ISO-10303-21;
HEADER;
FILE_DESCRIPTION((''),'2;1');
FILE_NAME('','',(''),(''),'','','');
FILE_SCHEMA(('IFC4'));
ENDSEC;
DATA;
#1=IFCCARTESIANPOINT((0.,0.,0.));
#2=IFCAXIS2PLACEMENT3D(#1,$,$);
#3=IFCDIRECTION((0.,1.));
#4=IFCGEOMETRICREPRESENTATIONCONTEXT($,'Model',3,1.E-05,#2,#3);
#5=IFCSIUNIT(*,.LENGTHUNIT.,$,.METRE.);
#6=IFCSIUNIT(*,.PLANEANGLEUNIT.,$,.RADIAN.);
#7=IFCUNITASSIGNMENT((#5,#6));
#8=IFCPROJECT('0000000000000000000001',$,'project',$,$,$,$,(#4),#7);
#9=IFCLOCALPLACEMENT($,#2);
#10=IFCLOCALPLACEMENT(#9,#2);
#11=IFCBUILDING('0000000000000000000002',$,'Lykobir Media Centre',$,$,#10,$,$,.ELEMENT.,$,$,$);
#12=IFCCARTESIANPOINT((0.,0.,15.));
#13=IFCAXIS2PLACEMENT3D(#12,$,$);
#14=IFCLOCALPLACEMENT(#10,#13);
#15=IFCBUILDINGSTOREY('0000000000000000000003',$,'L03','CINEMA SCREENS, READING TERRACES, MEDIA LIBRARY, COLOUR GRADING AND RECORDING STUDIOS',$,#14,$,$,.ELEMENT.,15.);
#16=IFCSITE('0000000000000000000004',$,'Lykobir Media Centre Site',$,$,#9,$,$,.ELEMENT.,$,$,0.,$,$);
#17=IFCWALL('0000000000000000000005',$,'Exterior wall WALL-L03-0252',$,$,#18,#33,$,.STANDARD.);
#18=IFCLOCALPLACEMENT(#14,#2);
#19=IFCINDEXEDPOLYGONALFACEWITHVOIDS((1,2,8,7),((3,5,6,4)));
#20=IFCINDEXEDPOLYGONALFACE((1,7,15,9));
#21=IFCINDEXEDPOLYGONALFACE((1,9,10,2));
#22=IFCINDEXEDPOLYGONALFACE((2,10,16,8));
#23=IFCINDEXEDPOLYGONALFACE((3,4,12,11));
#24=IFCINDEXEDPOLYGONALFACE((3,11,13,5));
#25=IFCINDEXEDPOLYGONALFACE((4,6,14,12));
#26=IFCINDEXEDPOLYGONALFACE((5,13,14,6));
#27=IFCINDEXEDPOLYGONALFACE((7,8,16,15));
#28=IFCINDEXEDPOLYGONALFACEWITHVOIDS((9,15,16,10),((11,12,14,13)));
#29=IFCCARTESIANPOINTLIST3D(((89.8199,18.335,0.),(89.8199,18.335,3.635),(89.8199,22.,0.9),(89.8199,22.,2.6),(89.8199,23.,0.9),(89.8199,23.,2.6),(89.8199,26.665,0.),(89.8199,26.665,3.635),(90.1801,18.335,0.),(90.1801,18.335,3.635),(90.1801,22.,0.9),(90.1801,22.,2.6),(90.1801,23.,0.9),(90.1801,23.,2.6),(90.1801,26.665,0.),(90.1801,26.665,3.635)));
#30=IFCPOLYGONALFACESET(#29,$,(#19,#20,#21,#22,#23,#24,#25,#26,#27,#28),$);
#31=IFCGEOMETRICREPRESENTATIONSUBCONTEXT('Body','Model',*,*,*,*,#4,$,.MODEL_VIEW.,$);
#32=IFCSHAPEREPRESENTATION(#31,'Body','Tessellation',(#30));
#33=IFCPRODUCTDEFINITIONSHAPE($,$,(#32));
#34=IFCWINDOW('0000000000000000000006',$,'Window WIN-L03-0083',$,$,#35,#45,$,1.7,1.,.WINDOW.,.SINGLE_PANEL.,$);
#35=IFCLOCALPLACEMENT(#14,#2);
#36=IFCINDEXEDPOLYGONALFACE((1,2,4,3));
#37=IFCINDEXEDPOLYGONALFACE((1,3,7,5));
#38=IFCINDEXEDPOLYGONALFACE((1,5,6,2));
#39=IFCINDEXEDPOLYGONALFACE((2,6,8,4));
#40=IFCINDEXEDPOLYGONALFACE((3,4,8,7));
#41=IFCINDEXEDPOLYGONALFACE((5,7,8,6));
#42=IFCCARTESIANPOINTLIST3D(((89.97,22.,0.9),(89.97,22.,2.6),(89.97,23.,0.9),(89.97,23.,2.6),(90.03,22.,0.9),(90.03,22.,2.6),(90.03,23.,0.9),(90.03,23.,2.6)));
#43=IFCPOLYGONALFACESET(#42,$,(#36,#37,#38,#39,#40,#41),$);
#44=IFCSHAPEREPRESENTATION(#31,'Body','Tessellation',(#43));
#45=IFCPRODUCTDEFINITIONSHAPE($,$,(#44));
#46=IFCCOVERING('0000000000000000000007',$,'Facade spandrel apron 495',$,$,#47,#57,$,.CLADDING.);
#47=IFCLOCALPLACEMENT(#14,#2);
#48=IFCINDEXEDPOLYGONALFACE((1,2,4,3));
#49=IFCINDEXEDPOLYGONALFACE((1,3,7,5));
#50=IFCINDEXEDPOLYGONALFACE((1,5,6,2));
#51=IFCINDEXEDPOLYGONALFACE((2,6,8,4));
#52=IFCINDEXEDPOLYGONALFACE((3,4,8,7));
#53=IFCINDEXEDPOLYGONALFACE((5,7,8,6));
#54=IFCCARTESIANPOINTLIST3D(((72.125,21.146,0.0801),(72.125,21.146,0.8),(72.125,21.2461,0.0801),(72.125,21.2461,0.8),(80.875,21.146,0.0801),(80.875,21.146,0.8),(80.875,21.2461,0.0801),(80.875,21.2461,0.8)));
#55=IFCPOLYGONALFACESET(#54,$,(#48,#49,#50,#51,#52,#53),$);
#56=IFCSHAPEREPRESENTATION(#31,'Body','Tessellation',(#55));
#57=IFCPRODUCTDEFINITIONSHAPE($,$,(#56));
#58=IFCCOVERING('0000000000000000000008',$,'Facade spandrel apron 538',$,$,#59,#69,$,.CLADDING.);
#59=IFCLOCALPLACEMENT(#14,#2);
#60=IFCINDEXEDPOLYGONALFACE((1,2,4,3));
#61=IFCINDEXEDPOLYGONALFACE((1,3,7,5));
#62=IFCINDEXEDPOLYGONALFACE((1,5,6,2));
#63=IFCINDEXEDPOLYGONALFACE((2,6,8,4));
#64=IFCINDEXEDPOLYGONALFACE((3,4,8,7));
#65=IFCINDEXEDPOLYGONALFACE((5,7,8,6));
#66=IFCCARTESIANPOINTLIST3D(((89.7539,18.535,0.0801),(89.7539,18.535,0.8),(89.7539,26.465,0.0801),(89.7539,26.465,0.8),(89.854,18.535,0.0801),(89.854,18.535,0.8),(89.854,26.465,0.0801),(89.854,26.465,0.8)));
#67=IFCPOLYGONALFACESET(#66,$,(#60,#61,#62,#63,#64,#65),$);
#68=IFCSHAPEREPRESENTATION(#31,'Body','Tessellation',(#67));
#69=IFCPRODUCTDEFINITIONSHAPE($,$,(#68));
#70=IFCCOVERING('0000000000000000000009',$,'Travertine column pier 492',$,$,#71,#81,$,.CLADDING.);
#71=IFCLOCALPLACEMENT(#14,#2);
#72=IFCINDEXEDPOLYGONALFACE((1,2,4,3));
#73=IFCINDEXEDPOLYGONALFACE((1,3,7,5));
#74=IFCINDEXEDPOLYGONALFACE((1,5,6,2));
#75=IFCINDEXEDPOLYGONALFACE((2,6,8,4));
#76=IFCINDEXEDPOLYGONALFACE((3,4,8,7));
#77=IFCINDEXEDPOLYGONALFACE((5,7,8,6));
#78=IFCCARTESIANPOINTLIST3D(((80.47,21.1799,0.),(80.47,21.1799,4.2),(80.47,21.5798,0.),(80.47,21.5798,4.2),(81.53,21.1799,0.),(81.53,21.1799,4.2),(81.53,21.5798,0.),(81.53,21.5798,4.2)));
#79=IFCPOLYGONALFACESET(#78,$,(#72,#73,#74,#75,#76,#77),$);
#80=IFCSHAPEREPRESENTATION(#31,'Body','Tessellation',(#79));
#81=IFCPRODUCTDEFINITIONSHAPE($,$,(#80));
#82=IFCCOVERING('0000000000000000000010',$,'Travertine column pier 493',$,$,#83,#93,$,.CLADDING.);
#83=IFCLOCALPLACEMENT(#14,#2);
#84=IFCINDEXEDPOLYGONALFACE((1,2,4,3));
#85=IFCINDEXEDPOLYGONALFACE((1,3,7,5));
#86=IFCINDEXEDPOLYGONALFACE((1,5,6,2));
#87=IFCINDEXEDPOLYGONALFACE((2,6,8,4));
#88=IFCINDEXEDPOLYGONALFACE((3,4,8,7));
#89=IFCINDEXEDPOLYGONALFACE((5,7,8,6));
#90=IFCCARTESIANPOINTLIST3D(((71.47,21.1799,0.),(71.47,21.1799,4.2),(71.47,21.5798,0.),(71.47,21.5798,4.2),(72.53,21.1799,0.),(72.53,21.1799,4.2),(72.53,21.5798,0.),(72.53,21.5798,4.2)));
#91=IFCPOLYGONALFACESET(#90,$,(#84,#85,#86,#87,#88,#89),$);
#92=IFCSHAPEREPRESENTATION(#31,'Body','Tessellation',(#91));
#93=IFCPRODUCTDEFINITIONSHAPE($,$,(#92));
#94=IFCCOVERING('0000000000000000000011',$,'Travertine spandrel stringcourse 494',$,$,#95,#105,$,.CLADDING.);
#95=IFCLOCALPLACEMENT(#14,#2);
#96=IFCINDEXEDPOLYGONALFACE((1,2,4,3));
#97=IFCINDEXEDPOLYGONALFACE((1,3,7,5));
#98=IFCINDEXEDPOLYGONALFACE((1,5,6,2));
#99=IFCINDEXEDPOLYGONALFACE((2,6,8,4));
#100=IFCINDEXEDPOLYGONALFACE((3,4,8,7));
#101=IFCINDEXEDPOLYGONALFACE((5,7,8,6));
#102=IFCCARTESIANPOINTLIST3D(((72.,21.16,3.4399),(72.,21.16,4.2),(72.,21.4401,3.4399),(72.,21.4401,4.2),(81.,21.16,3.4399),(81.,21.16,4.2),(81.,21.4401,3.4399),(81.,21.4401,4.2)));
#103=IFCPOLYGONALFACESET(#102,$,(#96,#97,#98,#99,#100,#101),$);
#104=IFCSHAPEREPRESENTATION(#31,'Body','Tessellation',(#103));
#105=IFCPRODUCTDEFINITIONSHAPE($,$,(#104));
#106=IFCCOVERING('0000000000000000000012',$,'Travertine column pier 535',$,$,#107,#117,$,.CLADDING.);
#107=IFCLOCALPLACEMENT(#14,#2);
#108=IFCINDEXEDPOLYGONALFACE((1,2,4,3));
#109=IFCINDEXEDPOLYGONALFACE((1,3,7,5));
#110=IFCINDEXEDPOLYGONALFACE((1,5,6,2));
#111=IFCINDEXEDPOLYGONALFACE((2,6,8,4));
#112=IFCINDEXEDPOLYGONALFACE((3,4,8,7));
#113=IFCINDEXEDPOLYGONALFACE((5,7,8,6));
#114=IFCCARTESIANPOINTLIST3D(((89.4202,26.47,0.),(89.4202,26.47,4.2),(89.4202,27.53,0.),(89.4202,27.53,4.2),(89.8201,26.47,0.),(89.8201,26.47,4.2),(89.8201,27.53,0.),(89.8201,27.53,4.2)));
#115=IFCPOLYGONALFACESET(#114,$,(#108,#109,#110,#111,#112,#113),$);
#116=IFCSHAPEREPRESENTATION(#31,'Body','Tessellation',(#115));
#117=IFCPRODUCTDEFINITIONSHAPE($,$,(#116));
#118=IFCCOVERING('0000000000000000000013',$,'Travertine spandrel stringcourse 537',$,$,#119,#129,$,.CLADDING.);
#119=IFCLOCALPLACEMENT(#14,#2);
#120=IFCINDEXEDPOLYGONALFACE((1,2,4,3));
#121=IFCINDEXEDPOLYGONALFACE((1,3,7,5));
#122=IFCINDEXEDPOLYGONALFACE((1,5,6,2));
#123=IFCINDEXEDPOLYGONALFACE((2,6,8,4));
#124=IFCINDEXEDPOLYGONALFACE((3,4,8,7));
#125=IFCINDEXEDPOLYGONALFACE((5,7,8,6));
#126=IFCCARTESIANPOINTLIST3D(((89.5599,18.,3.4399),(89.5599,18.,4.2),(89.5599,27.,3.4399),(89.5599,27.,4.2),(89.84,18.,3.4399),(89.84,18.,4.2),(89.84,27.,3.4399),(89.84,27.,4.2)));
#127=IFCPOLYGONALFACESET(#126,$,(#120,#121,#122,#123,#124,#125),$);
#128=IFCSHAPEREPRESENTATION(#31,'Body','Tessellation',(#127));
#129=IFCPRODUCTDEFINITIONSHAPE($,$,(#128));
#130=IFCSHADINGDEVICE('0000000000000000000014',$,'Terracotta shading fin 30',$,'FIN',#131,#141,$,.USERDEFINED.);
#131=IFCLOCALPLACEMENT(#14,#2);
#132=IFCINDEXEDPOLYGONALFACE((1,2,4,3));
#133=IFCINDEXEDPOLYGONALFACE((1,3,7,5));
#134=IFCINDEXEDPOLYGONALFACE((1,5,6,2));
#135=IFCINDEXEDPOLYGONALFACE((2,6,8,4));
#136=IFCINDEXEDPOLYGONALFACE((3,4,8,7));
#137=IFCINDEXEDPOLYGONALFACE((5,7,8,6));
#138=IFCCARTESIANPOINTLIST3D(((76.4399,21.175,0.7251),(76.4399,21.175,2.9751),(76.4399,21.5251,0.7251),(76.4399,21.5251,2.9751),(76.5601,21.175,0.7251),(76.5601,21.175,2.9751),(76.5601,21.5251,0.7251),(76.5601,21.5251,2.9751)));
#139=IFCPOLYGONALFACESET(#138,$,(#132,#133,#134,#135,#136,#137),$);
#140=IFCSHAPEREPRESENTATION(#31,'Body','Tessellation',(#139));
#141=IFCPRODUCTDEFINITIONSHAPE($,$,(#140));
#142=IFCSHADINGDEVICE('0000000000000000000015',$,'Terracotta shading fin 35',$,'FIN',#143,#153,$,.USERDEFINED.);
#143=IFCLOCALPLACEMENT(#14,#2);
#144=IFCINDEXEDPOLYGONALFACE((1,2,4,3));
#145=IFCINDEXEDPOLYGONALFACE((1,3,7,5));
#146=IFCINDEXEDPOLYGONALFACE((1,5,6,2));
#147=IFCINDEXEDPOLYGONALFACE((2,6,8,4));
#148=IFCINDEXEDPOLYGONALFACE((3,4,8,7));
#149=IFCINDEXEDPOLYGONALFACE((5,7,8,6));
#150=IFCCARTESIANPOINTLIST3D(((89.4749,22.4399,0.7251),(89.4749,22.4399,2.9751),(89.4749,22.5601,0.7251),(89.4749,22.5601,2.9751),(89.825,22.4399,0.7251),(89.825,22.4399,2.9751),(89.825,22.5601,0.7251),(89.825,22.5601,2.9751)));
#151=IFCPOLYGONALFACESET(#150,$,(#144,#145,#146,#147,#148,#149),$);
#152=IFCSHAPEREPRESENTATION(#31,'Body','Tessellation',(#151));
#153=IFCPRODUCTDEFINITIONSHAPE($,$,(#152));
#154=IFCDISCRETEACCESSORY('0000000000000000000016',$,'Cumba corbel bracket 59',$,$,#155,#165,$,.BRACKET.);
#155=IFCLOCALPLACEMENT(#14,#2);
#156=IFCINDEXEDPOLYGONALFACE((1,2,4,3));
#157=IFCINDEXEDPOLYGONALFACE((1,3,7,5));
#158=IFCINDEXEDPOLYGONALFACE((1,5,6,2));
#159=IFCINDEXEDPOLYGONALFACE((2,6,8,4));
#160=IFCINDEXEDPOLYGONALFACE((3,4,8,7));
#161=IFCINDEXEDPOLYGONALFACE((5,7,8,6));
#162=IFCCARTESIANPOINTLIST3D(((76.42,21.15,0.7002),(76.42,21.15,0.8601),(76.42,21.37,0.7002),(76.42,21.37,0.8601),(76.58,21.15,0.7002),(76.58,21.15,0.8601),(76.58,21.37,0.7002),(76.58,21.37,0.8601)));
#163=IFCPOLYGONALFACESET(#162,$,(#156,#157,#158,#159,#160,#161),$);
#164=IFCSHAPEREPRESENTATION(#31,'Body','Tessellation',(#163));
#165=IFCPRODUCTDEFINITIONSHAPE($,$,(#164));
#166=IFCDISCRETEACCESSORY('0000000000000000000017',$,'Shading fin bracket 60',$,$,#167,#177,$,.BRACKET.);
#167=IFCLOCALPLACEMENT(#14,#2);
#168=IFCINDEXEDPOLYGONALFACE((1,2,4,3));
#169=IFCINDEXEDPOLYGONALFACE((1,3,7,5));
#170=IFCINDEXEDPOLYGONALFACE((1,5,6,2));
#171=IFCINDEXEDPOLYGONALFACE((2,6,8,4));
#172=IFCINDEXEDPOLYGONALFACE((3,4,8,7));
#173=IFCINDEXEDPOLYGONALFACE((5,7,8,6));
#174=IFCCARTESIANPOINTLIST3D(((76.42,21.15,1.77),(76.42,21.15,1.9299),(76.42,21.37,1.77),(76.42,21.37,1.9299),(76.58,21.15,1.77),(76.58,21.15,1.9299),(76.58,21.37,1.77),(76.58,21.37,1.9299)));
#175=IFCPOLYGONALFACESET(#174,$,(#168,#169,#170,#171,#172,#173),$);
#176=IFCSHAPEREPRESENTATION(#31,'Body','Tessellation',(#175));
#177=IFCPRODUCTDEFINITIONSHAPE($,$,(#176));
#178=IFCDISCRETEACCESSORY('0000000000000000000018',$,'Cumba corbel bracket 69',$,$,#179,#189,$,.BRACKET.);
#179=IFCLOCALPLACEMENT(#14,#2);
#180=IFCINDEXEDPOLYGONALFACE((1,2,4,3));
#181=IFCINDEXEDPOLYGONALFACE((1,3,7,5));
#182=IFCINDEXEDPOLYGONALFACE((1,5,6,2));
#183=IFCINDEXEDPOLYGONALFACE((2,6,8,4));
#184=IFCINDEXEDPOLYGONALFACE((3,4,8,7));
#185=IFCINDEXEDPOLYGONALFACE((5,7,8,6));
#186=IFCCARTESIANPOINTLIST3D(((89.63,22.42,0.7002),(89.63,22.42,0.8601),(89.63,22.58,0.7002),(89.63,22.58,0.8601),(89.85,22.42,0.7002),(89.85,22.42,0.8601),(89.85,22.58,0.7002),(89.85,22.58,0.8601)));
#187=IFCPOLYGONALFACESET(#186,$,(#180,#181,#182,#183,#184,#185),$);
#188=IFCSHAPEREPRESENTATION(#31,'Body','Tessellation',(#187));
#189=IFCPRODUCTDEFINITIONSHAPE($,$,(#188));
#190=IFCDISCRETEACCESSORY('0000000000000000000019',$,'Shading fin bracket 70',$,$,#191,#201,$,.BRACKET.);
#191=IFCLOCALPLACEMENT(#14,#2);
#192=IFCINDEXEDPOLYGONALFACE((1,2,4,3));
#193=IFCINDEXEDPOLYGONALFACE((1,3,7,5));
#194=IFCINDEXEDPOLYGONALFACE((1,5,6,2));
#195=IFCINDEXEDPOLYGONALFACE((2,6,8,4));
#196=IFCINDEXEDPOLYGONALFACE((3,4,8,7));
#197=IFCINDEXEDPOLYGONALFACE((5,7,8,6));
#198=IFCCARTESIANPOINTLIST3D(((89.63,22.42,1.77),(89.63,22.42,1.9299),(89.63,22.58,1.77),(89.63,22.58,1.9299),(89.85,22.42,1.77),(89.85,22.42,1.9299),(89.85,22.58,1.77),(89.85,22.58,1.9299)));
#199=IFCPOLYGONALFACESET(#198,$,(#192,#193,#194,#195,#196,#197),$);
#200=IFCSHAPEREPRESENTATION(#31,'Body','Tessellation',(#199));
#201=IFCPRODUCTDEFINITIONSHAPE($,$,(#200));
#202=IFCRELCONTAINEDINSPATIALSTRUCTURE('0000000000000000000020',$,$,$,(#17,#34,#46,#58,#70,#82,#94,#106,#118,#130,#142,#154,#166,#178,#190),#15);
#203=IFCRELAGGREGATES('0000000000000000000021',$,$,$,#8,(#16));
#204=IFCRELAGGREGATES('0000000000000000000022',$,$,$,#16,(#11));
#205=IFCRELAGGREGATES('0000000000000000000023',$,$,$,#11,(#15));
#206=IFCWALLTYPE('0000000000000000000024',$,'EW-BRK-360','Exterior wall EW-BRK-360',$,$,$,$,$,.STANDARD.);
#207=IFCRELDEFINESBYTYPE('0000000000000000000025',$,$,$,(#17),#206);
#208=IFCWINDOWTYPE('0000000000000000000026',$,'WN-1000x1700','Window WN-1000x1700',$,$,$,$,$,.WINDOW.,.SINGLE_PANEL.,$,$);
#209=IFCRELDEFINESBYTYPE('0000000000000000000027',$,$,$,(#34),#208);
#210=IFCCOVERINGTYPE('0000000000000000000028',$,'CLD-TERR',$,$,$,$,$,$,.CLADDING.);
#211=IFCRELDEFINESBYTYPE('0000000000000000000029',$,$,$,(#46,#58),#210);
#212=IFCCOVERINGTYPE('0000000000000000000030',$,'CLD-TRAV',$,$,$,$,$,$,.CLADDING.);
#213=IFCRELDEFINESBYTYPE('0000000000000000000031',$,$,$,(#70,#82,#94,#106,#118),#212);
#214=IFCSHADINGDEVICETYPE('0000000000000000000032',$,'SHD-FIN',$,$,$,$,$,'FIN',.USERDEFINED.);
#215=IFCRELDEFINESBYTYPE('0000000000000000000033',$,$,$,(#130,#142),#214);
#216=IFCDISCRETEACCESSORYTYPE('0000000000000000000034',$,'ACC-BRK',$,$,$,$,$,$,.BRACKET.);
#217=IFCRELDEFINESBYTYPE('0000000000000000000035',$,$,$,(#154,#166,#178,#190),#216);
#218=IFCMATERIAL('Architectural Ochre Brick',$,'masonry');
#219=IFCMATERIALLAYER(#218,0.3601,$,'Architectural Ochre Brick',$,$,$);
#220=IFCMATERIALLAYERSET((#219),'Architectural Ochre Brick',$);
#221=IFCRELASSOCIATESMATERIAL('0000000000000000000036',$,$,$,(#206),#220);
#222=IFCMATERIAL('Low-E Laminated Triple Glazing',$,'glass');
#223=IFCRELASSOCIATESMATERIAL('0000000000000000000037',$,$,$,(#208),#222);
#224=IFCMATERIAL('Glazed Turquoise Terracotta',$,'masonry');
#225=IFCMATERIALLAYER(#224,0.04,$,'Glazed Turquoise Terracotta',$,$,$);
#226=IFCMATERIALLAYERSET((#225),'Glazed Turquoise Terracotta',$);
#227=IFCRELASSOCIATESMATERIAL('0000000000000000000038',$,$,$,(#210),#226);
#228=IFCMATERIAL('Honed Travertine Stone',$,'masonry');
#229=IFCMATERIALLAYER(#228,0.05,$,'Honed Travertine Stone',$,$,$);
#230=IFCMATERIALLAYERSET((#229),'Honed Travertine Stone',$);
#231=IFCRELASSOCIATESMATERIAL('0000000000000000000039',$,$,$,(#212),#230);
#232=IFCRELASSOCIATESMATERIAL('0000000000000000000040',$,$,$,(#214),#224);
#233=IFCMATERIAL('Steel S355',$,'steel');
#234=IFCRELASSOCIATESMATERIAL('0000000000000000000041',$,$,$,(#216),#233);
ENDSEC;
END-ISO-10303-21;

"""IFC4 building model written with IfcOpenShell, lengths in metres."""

from ifc_helpers import new_model, si_unit, direction, frame, frame_2d, origin, origin_2d, place, context, subcontext, project, spatial, rectangle, extrude, material, layer, layer_set, type_object, element, fill, save


model = new_model("IFC4")

# Units and contexts
model_context = context("Model", 3, precision=1e-05, world=origin(), true_north=direction((0.0, 1.0)))
body_context = subcontext(model_context, "Body", "Model", "MODEL_VIEW")
ifc_project = project(units=[si_unit("LENGTHUNIT", "METRE"), si_unit("PLANEANGLEUNIT", "RADIAN")], contexts=[model_context])

# Site, building, storey
site_placement = place(None, origin())
site = spatial("IfcSite", under=ifc_project, at=site_placement, Name="Lykobir Media Centre Site", CompositionType="ELEMENT", RefElevation=0.0)
building_placement = place(site_placement, origin())
building = spatial("IfcBuilding", under=site, at=building_placement, Name="Lykobir Media Centre", CompositionType="ELEMENT")
storey_placement = place(building_placement, frame((0.0, 0.0, 15.0)))
storey = spatial("IfcBuildingStorey", under=building, at=storey_placement, Name="L03", Description="CINEMA SCREENS, READING TERRACES, MEDIA LIBRARY, COLOUR GRADING AND RECORDING STUDIOS", CompositionType="ELEMENT", Elevation=15.0)

# Shared definitions
ifc_material_1 = material(Name="Steel S355", Category="steel")

# Shared definitions
ifc_material_2 = material(Name="Low-E Laminated Triple Glazing", Category="glass")

# Wall, opening, window
ifc_material_3 = material(Name="Architectural Ochre Brick", Category="masonry")
ifc_layer_1 = layer(ifc_material_3, 0.3601, Name="Architectural Ochre Brick")
ifc_layer_set_1 = layer_set([ifc_layer_1], Name="Architectural Ochre Brick")
wall_type = type_object("IfcWallType", Name="EW-BRK-360", Description="Exterior wall EW-BRK-360", PredefinedType="STANDARD", material=ifc_layer_set_1)
wall_1_placement = place(storey_placement, frame((90.0, 26.665, 0.0), z_axis=(0.0, 0.0, 1.0), x_axis=(0.0, -1.0, 0.0)))
wall_1 = element("IfcWall", 1, at=wall_1_placement, inside=storey, type_object=wall_type, Name="Exterior wall WALL-L03-0252", PredefinedType="STANDARD", context=body_context, shape_type="SweptSolid", body=[
    extrude(rectangle(XDim=8.3301, YDim=0.3601, at=frame_2d((4.165, 0.0))), origin(), (0.0, 0.0, 1.0), 3.635),
])
opening_1_placement = place(wall_1_placement, frame((3.665, 0.0, 0.8999)))
opening_1 = element("IfcOpeningElement", 2, at=opening_1_placement, cuts=wall_1, PredefinedType="OPENING", context=body_context, shape_type="SweptSolid", body=[
    extrude(rectangle(XDim=1.0, YDim=1.7, at=frame_2d((0.5, 0.8501))), frame((0.0, 0.1899, 0.0), z_axis=(0.0, -1.0, 0.0), x_axis=(1.0, 0.0, 0.0)), (0.0, 0.0, 1.0), 0.3801),
])
window_type_1 = type_object("IfcWindowType", Name="WN-1000x1700", Description="Window WN-1000x1700", PartitioningType="SINGLE_PANEL", PredefinedType="WINDOW", material=ifc_material_2)
window_1_placement = place(opening_1_placement, origin())
window_1 = element("IfcWindow", 3, at=window_1_placement, inside=storey, type_object=window_type_1, Name="Window WIN-L03-0083", OverallHeight=1.7, OverallWidth=1.0, PartitioningType="SINGLE_PANEL", PredefinedType="WINDOW", context=body_context, shape_type="SweptSolid", body=[
    extrude(rectangle(XDim=1.0, YDim=1.7, at=frame_2d((0.5, 0.8501))), frame((0.0, 0.03, 0.0), z_axis=(0.0, -1.0, 0.0), x_axis=(1.0, 0.0, 0.0)), (0.0, 0.0, 1.0), 0.0601),
])
fill(opening_1, window_1)

# Coverings
ifc_material_4 = material(Name="Glazed Turquoise Terracotta", Category="masonry")
ifc_layer_2 = layer(ifc_material_4, 0.04, Name="Glazed Turquoise Terracotta")
ifc_layer_set_2 = layer_set([ifc_layer_2], Name="Glazed Turquoise Terracotta")
covering_type_1 = type_object("IfcCoveringType", Name="CLD-TERR", PredefinedType="CLADDING", material=ifc_layer_set_2)
covering_1_placement = place(storey_placement, frame((76.5, 21.196, 0.0801), z_axis=(0.0, 0.0, 1.0), x_axis=(-1.0, 0.0, 0.0)))
element("IfcCovering", 4, at=covering_1_placement, inside=storey, type_object=covering_type_1, Name="Facade spandrel apron 495", PredefinedType="CLADDING", context=body_context, shape_type="SweptSolid", body=[
    extrude(rectangle(XDim=8.75, YDim=0.1001, at=origin_2d()), origin(), (0.0, 0.0, 1.0), 0.72),
])
covering_2_placement = place(storey_placement, frame((89.804, 22.5, 0.0801), z_axis=(0.0, 0.0, 1.0), x_axis=(0.0, -1.0, 0.0)))
element("IfcCovering", 5, at=covering_2_placement, inside=storey, type_object=covering_type_1, Name="Facade spandrel apron 538", PredefinedType="CLADDING", context=body_context, shape_type="SweptSolid", body=[
    extrude(rectangle(XDim=7.9299, YDim=0.1001, at=origin_2d()), origin(), (0.0, 0.0, 1.0), 0.72),
])
ifc_material_5 = material(Name="Honed Travertine Stone", Category="masonry")
ifc_layer_3 = layer(ifc_material_5, 0.05, Name="Honed Travertine Stone")
ifc_layer_set_3 = layer_set([ifc_layer_3], Name="Honed Travertine Stone")
covering_type_2 = type_object("IfcCoveringType", Name="CLD-TRAV", PredefinedType="CLADDING", material=ifc_layer_set_3)
for number, where, z_axis, x_axis, name in (
    (6, (81.0, 21.3799, 0.0), (0.0, 0.0, 1.0), (-1.0, 0.0, 0.0), "Travertine column pier 492"),
    (7, (72.0, 21.3799, 0.0), (0.0, 0.0, 1.0), (-1.0, 0.0, 0.0), "Travertine column pier 493"),
):
    element("IfcCovering", number, at=place(storey_placement, frame(where, z_axis=z_axis, x_axis=x_axis)), inside=storey, type_object=covering_type_2, Name=name, PredefinedType="CLADDING", context=body_context, shape_type="SweptSolid", body=[
        extrude(rectangle(XDim=1.0601, YDim=0.3999, at=origin_2d()), origin(), (0.0, 0.0, 1.0), 4.2),
    ])
covering_3_placement = place(storey_placement, frame((76.5, 21.3, 3.4399), z_axis=(0.0, 0.0, 1.0), x_axis=(-1.0, 0.0, 0.0)))
element("IfcCovering", 8, at=covering_3_placement, inside=storey, type_object=covering_type_2, Name="Travertine spandrel stringcourse 494", PredefinedType="CLADDING", context=body_context, shape_type="SweptSolid", body=[
    extrude(rectangle(XDim=9.0, YDim=0.28, at=origin_2d()), origin(), (0.0, 0.0, 1.0), 0.76),
])
covering_4_placement = place(storey_placement, frame((89.6201, 27.0, 0.0), z_axis=(0.0, 0.0, 1.0), x_axis=(0.0, -1.0, 0.0)))
element("IfcCovering", 9, at=covering_4_placement, inside=storey, type_object=covering_type_2, Name="Travertine column pier 535", PredefinedType="CLADDING", context=body_context, shape_type="SweptSolid", body=[
    extrude(rectangle(XDim=1.0601, YDim=0.3999, at=origin_2d()), origin(), (0.0, 0.0, 1.0), 4.2),
])
covering_5_placement = place(storey_placement, frame((89.7, 22.5, 3.4399), z_axis=(0.0, 0.0, 1.0), x_axis=(0.0, -1.0, 0.0)))
element("IfcCovering", 10, at=covering_5_placement, inside=storey, type_object=covering_type_2, Name="Travertine spandrel stringcourse 537", PredefinedType="CLADDING", context=body_context, shape_type="SweptSolid", body=[
    extrude(rectangle(XDim=9.0, YDim=0.28, at=origin_2d()), origin(), (0.0, 0.0, 1.0), 0.76),
])

# Shading devices
shading_device_type = type_object("IfcShadingDeviceType", Name="SHD-FIN", ElementType="FIN", PredefinedType="USERDEFINED", material=ifc_material_4)
for number, where, z_axis, x_axis, name in (
    (11, (76.5, 21.3501, 0.7251), (0.0, 0.0, 1.0), (-1.0, 0.0, 0.0), "Terracotta shading fin 30"),
    (12, (89.6499, 22.5, 0.7251), (0.0, 0.0, 1.0), (0.0, -1.0, 0.0), "Terracotta shading fin 35"),
):
    element("IfcShadingDevice", number, at=place(storey_placement, frame(where, z_axis=z_axis, x_axis=x_axis)), inside=storey, type_object=shading_device_type, Name=name, ObjectType="FIN", PredefinedType="USERDEFINED", context=body_context, shape_type="SweptSolid", body=[
        extrude(rectangle(XDim=0.1201, YDim=0.3501, at=origin_2d()), origin(), (0.0, 0.0, 1.0), 2.25),
    ])

# Discrete accessories
discrete_accessory_type = type_object("IfcDiscreteAccessoryType", Name="ACC-BRK", PredefinedType="BRACKET", material=ifc_material_1)
for number, where, z_axis, x_axis, name in (
    (13, (76.5, 21.26, 0.7002), (0.0, 0.0, 1.0), (-1.0, 0.0, 0.0), "Cumba corbel bracket 59"),
    (14, (76.5, 21.26, 1.77), (0.0, 0.0, 1.0), (-1.0, 0.0, 0.0), "Shading fin bracket 60"),
    (15, (89.74, 22.5, 0.7002), (0.0, 0.0, 1.0), (0.0, -1.0, 0.0), "Cumba corbel bracket 69"),
    (16, (89.74, 22.5, 1.77), (0.0, 0.0, 1.0), (0.0, -1.0, 0.0), "Shading fin bracket 70"),
):
    element("IfcDiscreteAccessory", number, at=place(storey_placement, frame(where, z_axis=z_axis, x_axis=x_axis)), inside=storey, type_object=discrete_accessory_type, Name=name, PredefinedType="BRACKET", context=body_context, shape_type="SweptSolid", body=[
        extrude(rectangle(XDim=0.1599, YDim=0.22, at=origin_2d()), origin(), (0.0, 0.0, 1.0), 0.1599),
    ])

save(model, "model.ifc")
